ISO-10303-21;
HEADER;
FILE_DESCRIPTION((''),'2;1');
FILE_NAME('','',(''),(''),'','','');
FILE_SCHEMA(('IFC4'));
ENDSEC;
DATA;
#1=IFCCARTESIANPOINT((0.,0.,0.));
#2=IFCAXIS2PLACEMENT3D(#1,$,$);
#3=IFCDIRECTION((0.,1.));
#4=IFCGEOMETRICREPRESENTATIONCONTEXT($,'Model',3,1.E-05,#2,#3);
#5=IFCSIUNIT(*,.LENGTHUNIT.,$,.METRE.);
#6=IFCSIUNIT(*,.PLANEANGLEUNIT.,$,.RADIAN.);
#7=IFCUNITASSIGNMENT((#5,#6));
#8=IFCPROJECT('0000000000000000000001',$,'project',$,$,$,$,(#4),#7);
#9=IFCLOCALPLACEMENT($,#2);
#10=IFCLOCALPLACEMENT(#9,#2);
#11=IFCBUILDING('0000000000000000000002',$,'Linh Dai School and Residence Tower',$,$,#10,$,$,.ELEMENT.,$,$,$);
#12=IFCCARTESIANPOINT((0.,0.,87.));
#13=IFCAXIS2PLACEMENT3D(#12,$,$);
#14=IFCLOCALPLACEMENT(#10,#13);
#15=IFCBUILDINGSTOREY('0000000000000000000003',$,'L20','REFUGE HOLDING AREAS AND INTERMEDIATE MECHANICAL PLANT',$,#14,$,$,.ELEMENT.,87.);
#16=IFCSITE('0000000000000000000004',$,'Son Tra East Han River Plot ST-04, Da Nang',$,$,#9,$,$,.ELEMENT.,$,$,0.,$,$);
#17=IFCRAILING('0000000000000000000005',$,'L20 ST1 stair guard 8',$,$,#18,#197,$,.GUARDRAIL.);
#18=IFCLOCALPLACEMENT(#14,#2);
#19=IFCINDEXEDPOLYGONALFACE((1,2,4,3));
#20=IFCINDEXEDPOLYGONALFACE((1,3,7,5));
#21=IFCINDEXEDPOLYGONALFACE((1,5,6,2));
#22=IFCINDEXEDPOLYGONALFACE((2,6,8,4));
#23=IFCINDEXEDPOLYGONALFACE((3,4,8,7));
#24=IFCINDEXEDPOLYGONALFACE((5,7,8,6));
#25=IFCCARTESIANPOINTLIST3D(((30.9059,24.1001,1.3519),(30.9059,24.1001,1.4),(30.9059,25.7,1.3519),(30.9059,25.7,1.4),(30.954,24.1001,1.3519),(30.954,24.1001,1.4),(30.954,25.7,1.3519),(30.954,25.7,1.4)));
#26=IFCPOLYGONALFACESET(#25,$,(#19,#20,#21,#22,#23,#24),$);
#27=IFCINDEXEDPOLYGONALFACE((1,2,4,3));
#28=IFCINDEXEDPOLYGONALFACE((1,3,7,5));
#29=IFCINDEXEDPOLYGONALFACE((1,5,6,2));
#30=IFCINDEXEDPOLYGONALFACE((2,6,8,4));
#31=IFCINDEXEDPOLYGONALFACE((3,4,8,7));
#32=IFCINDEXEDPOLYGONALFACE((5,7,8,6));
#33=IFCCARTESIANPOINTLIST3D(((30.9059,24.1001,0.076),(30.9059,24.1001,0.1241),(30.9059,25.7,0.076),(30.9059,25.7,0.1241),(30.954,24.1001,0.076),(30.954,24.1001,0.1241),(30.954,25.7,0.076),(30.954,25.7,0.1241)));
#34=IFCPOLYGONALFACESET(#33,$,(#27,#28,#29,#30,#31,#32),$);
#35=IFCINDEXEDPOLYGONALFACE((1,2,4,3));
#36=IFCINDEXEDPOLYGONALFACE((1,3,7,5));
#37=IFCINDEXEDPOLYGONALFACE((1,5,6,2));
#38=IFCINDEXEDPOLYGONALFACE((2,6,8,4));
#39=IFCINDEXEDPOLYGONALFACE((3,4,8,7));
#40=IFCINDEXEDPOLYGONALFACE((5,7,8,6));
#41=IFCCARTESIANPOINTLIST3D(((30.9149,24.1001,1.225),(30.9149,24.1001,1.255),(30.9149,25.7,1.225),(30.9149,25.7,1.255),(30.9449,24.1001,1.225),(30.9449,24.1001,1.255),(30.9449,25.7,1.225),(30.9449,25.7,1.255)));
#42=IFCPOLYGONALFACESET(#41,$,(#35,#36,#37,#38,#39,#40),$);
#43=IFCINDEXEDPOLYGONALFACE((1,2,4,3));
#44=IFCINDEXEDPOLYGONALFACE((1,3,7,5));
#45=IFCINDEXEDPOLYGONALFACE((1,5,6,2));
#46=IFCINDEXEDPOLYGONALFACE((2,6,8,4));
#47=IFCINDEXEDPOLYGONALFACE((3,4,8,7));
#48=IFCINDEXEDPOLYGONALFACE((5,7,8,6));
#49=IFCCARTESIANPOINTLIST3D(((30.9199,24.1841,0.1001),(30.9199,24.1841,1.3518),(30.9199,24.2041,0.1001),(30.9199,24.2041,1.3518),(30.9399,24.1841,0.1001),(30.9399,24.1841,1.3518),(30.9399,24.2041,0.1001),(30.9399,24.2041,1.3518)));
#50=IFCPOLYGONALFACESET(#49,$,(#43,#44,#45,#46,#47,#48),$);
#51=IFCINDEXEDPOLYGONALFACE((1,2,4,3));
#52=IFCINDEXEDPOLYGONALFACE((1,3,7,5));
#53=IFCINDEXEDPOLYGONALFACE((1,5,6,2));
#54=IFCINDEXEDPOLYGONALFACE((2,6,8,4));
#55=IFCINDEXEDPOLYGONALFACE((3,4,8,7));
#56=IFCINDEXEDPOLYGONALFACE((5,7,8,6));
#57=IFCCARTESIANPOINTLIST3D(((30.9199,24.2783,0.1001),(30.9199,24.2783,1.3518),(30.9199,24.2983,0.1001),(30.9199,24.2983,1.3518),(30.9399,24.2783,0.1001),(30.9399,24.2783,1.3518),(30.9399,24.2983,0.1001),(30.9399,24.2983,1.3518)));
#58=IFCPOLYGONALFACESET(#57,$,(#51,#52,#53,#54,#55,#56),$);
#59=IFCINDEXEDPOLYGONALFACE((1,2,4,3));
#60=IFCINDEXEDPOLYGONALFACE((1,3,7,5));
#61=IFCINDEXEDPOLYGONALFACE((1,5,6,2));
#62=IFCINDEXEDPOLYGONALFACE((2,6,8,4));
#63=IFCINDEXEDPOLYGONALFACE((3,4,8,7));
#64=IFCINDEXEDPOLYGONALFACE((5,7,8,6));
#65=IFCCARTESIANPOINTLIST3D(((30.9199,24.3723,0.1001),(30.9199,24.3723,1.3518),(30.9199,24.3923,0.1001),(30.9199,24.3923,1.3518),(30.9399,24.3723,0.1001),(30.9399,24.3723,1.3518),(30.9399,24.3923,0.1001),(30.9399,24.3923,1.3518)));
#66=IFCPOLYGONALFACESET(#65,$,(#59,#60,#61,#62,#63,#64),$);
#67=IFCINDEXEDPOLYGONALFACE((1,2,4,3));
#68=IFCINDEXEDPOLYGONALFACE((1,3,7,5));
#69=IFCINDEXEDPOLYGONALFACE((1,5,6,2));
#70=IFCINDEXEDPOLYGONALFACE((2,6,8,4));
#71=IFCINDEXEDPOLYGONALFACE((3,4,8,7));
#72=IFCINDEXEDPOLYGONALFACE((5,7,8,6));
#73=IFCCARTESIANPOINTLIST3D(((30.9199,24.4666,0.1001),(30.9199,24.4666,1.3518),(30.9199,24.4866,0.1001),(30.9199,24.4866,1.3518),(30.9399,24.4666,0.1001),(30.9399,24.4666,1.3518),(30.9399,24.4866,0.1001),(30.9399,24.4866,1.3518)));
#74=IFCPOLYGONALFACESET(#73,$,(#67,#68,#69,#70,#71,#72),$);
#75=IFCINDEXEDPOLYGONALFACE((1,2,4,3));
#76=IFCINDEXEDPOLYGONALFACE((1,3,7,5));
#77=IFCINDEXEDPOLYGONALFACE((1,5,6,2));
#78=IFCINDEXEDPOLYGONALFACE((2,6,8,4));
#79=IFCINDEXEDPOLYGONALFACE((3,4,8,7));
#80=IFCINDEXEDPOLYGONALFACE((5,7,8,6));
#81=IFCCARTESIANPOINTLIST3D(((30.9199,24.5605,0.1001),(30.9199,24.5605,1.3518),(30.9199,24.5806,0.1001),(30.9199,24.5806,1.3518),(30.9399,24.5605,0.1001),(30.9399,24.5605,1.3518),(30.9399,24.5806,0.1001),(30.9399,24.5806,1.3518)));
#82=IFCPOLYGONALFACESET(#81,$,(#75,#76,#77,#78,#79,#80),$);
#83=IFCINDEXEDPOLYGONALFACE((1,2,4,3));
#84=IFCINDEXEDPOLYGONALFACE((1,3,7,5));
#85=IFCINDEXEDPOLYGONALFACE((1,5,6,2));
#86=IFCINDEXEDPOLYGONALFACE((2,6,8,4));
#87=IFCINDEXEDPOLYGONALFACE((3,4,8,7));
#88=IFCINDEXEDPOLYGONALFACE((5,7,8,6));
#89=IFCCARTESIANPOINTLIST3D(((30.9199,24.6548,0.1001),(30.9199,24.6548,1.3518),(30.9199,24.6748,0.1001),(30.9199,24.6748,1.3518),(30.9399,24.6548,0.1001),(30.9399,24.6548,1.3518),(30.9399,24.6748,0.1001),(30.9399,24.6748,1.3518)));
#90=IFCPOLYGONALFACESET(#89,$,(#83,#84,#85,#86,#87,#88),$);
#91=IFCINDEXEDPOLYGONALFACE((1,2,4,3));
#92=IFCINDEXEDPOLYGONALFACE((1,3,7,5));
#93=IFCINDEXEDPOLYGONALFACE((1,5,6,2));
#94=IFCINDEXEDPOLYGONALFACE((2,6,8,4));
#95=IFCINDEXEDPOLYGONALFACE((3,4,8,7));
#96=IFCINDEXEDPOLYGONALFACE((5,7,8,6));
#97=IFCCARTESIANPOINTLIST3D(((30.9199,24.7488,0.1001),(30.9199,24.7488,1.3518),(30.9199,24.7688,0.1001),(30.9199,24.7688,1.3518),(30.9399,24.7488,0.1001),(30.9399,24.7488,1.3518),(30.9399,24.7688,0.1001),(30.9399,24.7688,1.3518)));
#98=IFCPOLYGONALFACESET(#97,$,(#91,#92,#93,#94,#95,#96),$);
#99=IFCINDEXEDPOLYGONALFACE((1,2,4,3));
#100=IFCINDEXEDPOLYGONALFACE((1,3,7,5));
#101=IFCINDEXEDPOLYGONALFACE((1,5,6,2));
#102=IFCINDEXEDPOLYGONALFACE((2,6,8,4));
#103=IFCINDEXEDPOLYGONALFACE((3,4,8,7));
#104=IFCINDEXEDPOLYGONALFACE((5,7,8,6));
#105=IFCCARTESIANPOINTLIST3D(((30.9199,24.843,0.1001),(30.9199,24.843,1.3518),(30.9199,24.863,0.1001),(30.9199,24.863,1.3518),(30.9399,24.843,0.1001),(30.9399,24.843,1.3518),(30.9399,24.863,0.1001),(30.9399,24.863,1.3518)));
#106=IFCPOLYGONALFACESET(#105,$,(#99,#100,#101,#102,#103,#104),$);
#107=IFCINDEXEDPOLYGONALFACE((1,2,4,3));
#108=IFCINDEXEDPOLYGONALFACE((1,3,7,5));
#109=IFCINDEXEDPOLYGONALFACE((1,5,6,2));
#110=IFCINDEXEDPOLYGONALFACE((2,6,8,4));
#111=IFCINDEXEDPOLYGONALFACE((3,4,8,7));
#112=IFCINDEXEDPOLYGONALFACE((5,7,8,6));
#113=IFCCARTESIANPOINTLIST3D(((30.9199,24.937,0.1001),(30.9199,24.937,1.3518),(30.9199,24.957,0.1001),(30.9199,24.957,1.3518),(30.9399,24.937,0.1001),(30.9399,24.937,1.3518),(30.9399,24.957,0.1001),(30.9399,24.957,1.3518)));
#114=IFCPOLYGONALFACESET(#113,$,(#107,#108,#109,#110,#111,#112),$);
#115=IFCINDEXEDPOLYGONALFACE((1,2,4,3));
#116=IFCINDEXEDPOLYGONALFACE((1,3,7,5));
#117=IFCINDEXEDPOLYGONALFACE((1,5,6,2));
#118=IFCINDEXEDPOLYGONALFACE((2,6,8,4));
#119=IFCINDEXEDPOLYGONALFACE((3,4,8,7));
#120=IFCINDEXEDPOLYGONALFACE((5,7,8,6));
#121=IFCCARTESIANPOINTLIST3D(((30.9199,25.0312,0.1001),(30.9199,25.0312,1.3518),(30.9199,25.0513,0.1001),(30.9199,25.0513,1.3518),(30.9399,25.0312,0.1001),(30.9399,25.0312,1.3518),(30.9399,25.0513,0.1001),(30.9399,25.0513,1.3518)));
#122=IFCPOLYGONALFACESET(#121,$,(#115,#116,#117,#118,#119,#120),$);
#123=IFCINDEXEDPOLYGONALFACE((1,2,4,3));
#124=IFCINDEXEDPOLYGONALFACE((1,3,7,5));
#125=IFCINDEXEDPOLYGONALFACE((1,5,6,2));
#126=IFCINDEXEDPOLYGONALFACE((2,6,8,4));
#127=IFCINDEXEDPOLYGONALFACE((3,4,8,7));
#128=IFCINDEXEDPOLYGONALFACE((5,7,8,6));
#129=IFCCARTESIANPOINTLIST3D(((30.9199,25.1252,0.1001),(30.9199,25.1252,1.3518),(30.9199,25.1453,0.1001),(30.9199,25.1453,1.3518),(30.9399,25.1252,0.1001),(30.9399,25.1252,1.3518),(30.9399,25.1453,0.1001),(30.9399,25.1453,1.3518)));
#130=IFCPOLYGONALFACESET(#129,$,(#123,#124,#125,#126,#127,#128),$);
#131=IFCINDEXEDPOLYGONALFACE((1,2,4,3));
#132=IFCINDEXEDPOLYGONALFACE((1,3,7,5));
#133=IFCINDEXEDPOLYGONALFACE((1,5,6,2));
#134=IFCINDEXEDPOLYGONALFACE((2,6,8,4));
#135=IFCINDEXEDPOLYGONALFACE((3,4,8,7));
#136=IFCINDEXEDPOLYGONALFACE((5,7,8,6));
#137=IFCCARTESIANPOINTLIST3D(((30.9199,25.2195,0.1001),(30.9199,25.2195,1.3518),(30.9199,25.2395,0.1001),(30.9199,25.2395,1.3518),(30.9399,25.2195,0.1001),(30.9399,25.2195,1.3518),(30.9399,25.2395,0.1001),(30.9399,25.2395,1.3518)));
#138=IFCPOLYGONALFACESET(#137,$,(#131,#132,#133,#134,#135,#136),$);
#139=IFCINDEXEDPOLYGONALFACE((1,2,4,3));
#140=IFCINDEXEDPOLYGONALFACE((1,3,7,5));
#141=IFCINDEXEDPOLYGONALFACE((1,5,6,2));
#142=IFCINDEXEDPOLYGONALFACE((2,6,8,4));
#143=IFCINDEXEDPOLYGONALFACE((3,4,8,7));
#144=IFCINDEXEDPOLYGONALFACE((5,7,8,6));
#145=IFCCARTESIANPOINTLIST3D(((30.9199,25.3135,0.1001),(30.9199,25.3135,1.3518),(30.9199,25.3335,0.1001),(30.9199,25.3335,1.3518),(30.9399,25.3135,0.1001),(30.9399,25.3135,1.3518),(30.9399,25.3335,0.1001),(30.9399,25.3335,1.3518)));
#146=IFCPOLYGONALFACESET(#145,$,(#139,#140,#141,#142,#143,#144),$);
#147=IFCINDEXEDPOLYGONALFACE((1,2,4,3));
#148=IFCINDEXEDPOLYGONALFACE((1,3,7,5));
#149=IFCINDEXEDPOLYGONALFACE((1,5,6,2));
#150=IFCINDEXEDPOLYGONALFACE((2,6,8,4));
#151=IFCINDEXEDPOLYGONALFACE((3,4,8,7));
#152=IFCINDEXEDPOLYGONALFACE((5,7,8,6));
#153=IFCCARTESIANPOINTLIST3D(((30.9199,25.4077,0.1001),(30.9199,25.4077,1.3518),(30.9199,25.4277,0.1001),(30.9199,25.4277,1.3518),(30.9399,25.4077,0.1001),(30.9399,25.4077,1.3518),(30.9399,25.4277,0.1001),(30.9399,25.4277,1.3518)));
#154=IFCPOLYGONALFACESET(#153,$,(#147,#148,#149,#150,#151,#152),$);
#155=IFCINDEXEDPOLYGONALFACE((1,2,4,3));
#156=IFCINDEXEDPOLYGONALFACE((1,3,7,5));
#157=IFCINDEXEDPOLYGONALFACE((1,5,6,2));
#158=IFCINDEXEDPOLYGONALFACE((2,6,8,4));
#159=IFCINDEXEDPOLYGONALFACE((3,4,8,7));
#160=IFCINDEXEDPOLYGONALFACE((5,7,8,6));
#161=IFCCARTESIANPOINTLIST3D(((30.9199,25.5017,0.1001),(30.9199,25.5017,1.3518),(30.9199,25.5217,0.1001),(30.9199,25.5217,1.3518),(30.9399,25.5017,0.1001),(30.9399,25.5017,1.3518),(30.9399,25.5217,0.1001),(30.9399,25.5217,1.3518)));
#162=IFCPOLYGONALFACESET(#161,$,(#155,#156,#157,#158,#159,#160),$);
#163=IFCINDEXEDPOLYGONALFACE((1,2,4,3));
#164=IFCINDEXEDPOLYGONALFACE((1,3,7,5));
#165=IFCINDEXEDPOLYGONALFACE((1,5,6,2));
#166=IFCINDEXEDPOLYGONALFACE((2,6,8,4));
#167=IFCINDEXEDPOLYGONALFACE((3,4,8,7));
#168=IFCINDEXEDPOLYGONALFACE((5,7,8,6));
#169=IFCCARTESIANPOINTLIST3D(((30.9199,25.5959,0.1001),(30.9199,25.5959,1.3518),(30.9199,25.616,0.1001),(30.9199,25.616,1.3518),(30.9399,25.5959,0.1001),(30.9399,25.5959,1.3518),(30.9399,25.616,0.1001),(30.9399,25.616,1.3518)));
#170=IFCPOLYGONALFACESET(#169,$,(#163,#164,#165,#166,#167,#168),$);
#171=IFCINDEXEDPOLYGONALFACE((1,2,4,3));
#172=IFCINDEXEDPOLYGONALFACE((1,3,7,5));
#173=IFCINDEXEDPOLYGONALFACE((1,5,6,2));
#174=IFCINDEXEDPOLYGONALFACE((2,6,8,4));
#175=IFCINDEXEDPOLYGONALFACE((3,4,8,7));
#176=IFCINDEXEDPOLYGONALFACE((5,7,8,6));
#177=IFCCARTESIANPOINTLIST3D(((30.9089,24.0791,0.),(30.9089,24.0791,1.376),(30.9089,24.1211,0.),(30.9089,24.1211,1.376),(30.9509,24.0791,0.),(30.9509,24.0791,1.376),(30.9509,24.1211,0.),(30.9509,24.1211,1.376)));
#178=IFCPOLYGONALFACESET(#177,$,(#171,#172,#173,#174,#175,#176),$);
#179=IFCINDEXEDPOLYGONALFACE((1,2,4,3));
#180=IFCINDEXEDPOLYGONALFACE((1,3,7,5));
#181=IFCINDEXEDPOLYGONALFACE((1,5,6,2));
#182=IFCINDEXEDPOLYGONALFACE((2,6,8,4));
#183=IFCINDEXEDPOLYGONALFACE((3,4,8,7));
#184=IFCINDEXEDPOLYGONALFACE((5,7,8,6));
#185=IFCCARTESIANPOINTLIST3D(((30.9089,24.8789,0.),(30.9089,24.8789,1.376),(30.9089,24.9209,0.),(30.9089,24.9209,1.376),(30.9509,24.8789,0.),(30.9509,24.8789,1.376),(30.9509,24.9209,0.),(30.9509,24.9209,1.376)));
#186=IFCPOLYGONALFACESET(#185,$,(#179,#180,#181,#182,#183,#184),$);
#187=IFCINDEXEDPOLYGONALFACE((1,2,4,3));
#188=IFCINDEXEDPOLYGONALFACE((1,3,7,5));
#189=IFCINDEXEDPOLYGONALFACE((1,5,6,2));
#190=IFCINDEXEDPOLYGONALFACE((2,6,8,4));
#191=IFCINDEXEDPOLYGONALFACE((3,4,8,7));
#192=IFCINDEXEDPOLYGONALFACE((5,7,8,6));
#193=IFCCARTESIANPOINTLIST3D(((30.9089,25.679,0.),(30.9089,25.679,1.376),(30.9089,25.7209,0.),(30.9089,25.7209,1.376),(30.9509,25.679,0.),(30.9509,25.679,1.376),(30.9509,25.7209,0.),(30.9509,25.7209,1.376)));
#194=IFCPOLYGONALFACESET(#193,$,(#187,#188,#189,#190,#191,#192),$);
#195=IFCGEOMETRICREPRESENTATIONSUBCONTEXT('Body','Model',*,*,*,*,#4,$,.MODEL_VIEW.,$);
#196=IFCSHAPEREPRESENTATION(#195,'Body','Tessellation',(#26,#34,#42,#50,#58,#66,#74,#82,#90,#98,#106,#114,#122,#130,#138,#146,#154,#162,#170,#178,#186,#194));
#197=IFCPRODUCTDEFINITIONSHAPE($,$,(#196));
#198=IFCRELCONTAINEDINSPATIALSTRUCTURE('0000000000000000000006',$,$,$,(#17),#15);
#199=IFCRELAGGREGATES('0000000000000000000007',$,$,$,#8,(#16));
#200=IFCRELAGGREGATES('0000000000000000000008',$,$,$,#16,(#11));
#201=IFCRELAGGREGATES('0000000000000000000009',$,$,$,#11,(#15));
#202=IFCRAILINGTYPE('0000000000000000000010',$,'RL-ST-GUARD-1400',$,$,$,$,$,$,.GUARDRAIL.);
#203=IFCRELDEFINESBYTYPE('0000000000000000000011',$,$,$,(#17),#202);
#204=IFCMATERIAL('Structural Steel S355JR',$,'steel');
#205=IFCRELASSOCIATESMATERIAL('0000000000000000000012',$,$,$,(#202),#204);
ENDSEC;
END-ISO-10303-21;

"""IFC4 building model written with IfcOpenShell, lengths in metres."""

from ifc_helpers import new_model, si_unit, direction, frame, origin, origin_2d, place, context, subcontext, project, spatial, rectangle, extrude, source, transform, mapped, material, type_object, element, save


model = new_model("IFC4")

# Units and contexts
model_context = context("Model", 3, precision=1e-05, world=origin(), true_north=direction((0.0, 1.0)))
body_context = subcontext(model_context, "Body", "Model", "MODEL_VIEW")
ifc_project = project(units=[si_unit("LENGTHUNIT", "METRE"), si_unit("PLANEANGLEUNIT", "RADIAN")], contexts=[model_context])

# Site, building, storey
site_placement = place(None, origin())
site = spatial("IfcSite", under=ifc_project, at=site_placement, Name="Son Tra East Han River Plot ST-04, Da Nang", CompositionType="ELEMENT", RefElevation=0.0)
building_placement = place(site_placement, origin())
building = spatial("IfcBuilding", under=site, at=building_placement, Name="Linh Dai School and Residence Tower", CompositionType="ELEMENT")
storey_placement = place(building_placement, frame((0.0, 0.0, 87.0)))
storey = spatial("IfcBuildingStorey", under=building, at=storey_placement, Name="L20", Description="REFUGE HOLDING AREAS AND INTERMEDIATE MECHANICAL PLANT", CompositionType="ELEMENT", Elevation=87.0)

# Shared definitions
ifc_material_1 = material(Name="Structural Steel S355JR", Category="steel")

# Railing
railing_type_1 = type_object("IfcRailingType", Name="RL-ST-GUARD-1400", PredefinedType="GUARDRAIL", material=ifc_material_1)
shared_shape_1 = source(origin(), body_context, "Body", "SweptSolid", [
    extrude(rectangle(XDim=0.0481, YDim=0.0481, at=origin_2d()), frame((0.0, 0.0, 1.376), z_axis=(0.0, 1.0, 0.0), x_axis=(-1.0, 0.0, 0.0)), (0.0, 0.0, 1.0), 1.5999),
    extrude(rectangle(XDim=0.0481, YDim=0.0481, at=origin_2d()), frame((0.0, 0.0, 0.1001), z_axis=(0.0, 1.0, 0.0), x_axis=(-1.0, 0.0, 0.0)), (0.0, 0.0, 1.0), 1.5999),
    extrude(rectangle(XDim=0.03, YDim=0.03, at=origin_2d()), frame((0.0, 0.0, 1.24), z_axis=(0.0, 1.0, 0.0), x_axis=(-1.0, 0.0, 0.0)), (0.0, 0.0, 1.0), 1.5999),
    extrude(rectangle(XDim=0.02, YDim=0.02, at=origin_2d()), frame((0.0, 0.094, 0.1001)), (0.0, 0.0, 1.0), 1.2517),
    extrude(rectangle(XDim=0.02, YDim=0.02, at=origin_2d()), frame((0.0, 0.1882, 0.1001)), (0.0, 0.0, 1.0), 1.2517),
    extrude(rectangle(XDim=0.02, YDim=0.02, at=origin_2d()), frame((0.0, 0.2822, 0.1001)), (0.0, 0.0, 1.0), 1.2517),
    extrude(rectangle(XDim=0.02, YDim=0.02, at=origin_2d()), frame((0.0, 0.3765, 0.1001)), (0.0, 0.0, 1.0), 1.2517),
    extrude(rectangle(XDim=0.02, YDim=0.02, at=origin_2d()), frame((0.0, 0.4705, 0.1001)), (0.0, 0.0, 1.0), 1.2517),
    extrude(rectangle(XDim=0.02, YDim=0.02, at=origin_2d()), frame((0.0, 0.5647, 0.1001)), (0.0, 0.0, 1.0), 1.2517),
    extrude(rectangle(XDim=0.02, YDim=0.02, at=origin_2d()), frame((0.0, 0.6587, 0.1001)), (0.0, 0.0, 1.0), 1.2517),
    extrude(rectangle(XDim=0.02, YDim=0.02, at=origin_2d()), frame((0.0, 0.7529, 0.1001)), (0.0, 0.0, 1.0), 1.2517),
    extrude(rectangle(XDim=0.02, YDim=0.02, at=origin_2d()), frame((0.0, 0.8469, 0.1001)), (0.0, 0.0, 1.0), 1.2517),
    extrude(rectangle(XDim=0.02, YDim=0.02, at=origin_2d()), frame((0.0, 0.9412, 0.1001)), (0.0, 0.0, 1.0), 1.2517),
    extrude(rectangle(XDim=0.02, YDim=0.02, at=origin_2d()), frame((0.0, 1.0352, 0.1001)), (0.0, 0.0, 1.0), 1.2517),
    extrude(rectangle(XDim=0.02, YDim=0.02, at=origin_2d()), frame((0.0, 1.1294, 0.1001)), (0.0, 0.0, 1.0), 1.2517),
    extrude(rectangle(XDim=0.02, YDim=0.02, at=origin_2d()), frame((0.0, 1.2234, 0.1001)), (0.0, 0.0, 1.0), 1.2517),
    extrude(rectangle(XDim=0.02, YDim=0.02, at=origin_2d()), frame((0.0, 1.3176, 0.1001)), (0.0, 0.0, 1.0), 1.2517),
    extrude(rectangle(XDim=0.02, YDim=0.02, at=origin_2d()), frame((0.0, 1.4116, 0.1001)), (0.0, 0.0, 1.0), 1.2517),
    extrude(rectangle(XDim=0.02, YDim=0.02, at=origin_2d()), frame((0.0, 1.5059, 0.1001)), (0.0, 0.0, 1.0), 1.2517),
    extrude(rectangle(XDim=0.042, YDim=0.042, at=origin_2d()), origin(), (0.0, 0.0, 1.0), 1.376),
    extrude(rectangle(XDim=0.042, YDim=0.042, at=origin_2d()), frame((0.0, 0.7998, 0.0)), (0.0, 0.0, 1.0), 1.376),
    extrude(rectangle(XDim=0.042, YDim=0.042, at=origin_2d()), frame((0.0, 1.5999, 0.0)), (0.0, 0.0, 1.0), 1.376),
])
for number, where, name in (
    (1, (30.9299, 24.1001, 0.0), "L20 ST1 stair guard 8"),
):
    element("IfcRailing", number, at=place(storey_placement, frame(where)), inside=storey, type_object=railing_type_1, Name=name, PredefinedType="GUARDRAIL", context=body_context, shape_type="MappedRepresentation", body=[
        mapped(shared_shape_1, transform((0.0, 0.0, 0.0), x_axis=(1.0, 0.0, 0.0), y_axis=(0.0, 1.0, 0.0), z_axis=(0.0, 0.0, 1.0), scale=1.0)),
    ])

save(model, "model.ifc")
